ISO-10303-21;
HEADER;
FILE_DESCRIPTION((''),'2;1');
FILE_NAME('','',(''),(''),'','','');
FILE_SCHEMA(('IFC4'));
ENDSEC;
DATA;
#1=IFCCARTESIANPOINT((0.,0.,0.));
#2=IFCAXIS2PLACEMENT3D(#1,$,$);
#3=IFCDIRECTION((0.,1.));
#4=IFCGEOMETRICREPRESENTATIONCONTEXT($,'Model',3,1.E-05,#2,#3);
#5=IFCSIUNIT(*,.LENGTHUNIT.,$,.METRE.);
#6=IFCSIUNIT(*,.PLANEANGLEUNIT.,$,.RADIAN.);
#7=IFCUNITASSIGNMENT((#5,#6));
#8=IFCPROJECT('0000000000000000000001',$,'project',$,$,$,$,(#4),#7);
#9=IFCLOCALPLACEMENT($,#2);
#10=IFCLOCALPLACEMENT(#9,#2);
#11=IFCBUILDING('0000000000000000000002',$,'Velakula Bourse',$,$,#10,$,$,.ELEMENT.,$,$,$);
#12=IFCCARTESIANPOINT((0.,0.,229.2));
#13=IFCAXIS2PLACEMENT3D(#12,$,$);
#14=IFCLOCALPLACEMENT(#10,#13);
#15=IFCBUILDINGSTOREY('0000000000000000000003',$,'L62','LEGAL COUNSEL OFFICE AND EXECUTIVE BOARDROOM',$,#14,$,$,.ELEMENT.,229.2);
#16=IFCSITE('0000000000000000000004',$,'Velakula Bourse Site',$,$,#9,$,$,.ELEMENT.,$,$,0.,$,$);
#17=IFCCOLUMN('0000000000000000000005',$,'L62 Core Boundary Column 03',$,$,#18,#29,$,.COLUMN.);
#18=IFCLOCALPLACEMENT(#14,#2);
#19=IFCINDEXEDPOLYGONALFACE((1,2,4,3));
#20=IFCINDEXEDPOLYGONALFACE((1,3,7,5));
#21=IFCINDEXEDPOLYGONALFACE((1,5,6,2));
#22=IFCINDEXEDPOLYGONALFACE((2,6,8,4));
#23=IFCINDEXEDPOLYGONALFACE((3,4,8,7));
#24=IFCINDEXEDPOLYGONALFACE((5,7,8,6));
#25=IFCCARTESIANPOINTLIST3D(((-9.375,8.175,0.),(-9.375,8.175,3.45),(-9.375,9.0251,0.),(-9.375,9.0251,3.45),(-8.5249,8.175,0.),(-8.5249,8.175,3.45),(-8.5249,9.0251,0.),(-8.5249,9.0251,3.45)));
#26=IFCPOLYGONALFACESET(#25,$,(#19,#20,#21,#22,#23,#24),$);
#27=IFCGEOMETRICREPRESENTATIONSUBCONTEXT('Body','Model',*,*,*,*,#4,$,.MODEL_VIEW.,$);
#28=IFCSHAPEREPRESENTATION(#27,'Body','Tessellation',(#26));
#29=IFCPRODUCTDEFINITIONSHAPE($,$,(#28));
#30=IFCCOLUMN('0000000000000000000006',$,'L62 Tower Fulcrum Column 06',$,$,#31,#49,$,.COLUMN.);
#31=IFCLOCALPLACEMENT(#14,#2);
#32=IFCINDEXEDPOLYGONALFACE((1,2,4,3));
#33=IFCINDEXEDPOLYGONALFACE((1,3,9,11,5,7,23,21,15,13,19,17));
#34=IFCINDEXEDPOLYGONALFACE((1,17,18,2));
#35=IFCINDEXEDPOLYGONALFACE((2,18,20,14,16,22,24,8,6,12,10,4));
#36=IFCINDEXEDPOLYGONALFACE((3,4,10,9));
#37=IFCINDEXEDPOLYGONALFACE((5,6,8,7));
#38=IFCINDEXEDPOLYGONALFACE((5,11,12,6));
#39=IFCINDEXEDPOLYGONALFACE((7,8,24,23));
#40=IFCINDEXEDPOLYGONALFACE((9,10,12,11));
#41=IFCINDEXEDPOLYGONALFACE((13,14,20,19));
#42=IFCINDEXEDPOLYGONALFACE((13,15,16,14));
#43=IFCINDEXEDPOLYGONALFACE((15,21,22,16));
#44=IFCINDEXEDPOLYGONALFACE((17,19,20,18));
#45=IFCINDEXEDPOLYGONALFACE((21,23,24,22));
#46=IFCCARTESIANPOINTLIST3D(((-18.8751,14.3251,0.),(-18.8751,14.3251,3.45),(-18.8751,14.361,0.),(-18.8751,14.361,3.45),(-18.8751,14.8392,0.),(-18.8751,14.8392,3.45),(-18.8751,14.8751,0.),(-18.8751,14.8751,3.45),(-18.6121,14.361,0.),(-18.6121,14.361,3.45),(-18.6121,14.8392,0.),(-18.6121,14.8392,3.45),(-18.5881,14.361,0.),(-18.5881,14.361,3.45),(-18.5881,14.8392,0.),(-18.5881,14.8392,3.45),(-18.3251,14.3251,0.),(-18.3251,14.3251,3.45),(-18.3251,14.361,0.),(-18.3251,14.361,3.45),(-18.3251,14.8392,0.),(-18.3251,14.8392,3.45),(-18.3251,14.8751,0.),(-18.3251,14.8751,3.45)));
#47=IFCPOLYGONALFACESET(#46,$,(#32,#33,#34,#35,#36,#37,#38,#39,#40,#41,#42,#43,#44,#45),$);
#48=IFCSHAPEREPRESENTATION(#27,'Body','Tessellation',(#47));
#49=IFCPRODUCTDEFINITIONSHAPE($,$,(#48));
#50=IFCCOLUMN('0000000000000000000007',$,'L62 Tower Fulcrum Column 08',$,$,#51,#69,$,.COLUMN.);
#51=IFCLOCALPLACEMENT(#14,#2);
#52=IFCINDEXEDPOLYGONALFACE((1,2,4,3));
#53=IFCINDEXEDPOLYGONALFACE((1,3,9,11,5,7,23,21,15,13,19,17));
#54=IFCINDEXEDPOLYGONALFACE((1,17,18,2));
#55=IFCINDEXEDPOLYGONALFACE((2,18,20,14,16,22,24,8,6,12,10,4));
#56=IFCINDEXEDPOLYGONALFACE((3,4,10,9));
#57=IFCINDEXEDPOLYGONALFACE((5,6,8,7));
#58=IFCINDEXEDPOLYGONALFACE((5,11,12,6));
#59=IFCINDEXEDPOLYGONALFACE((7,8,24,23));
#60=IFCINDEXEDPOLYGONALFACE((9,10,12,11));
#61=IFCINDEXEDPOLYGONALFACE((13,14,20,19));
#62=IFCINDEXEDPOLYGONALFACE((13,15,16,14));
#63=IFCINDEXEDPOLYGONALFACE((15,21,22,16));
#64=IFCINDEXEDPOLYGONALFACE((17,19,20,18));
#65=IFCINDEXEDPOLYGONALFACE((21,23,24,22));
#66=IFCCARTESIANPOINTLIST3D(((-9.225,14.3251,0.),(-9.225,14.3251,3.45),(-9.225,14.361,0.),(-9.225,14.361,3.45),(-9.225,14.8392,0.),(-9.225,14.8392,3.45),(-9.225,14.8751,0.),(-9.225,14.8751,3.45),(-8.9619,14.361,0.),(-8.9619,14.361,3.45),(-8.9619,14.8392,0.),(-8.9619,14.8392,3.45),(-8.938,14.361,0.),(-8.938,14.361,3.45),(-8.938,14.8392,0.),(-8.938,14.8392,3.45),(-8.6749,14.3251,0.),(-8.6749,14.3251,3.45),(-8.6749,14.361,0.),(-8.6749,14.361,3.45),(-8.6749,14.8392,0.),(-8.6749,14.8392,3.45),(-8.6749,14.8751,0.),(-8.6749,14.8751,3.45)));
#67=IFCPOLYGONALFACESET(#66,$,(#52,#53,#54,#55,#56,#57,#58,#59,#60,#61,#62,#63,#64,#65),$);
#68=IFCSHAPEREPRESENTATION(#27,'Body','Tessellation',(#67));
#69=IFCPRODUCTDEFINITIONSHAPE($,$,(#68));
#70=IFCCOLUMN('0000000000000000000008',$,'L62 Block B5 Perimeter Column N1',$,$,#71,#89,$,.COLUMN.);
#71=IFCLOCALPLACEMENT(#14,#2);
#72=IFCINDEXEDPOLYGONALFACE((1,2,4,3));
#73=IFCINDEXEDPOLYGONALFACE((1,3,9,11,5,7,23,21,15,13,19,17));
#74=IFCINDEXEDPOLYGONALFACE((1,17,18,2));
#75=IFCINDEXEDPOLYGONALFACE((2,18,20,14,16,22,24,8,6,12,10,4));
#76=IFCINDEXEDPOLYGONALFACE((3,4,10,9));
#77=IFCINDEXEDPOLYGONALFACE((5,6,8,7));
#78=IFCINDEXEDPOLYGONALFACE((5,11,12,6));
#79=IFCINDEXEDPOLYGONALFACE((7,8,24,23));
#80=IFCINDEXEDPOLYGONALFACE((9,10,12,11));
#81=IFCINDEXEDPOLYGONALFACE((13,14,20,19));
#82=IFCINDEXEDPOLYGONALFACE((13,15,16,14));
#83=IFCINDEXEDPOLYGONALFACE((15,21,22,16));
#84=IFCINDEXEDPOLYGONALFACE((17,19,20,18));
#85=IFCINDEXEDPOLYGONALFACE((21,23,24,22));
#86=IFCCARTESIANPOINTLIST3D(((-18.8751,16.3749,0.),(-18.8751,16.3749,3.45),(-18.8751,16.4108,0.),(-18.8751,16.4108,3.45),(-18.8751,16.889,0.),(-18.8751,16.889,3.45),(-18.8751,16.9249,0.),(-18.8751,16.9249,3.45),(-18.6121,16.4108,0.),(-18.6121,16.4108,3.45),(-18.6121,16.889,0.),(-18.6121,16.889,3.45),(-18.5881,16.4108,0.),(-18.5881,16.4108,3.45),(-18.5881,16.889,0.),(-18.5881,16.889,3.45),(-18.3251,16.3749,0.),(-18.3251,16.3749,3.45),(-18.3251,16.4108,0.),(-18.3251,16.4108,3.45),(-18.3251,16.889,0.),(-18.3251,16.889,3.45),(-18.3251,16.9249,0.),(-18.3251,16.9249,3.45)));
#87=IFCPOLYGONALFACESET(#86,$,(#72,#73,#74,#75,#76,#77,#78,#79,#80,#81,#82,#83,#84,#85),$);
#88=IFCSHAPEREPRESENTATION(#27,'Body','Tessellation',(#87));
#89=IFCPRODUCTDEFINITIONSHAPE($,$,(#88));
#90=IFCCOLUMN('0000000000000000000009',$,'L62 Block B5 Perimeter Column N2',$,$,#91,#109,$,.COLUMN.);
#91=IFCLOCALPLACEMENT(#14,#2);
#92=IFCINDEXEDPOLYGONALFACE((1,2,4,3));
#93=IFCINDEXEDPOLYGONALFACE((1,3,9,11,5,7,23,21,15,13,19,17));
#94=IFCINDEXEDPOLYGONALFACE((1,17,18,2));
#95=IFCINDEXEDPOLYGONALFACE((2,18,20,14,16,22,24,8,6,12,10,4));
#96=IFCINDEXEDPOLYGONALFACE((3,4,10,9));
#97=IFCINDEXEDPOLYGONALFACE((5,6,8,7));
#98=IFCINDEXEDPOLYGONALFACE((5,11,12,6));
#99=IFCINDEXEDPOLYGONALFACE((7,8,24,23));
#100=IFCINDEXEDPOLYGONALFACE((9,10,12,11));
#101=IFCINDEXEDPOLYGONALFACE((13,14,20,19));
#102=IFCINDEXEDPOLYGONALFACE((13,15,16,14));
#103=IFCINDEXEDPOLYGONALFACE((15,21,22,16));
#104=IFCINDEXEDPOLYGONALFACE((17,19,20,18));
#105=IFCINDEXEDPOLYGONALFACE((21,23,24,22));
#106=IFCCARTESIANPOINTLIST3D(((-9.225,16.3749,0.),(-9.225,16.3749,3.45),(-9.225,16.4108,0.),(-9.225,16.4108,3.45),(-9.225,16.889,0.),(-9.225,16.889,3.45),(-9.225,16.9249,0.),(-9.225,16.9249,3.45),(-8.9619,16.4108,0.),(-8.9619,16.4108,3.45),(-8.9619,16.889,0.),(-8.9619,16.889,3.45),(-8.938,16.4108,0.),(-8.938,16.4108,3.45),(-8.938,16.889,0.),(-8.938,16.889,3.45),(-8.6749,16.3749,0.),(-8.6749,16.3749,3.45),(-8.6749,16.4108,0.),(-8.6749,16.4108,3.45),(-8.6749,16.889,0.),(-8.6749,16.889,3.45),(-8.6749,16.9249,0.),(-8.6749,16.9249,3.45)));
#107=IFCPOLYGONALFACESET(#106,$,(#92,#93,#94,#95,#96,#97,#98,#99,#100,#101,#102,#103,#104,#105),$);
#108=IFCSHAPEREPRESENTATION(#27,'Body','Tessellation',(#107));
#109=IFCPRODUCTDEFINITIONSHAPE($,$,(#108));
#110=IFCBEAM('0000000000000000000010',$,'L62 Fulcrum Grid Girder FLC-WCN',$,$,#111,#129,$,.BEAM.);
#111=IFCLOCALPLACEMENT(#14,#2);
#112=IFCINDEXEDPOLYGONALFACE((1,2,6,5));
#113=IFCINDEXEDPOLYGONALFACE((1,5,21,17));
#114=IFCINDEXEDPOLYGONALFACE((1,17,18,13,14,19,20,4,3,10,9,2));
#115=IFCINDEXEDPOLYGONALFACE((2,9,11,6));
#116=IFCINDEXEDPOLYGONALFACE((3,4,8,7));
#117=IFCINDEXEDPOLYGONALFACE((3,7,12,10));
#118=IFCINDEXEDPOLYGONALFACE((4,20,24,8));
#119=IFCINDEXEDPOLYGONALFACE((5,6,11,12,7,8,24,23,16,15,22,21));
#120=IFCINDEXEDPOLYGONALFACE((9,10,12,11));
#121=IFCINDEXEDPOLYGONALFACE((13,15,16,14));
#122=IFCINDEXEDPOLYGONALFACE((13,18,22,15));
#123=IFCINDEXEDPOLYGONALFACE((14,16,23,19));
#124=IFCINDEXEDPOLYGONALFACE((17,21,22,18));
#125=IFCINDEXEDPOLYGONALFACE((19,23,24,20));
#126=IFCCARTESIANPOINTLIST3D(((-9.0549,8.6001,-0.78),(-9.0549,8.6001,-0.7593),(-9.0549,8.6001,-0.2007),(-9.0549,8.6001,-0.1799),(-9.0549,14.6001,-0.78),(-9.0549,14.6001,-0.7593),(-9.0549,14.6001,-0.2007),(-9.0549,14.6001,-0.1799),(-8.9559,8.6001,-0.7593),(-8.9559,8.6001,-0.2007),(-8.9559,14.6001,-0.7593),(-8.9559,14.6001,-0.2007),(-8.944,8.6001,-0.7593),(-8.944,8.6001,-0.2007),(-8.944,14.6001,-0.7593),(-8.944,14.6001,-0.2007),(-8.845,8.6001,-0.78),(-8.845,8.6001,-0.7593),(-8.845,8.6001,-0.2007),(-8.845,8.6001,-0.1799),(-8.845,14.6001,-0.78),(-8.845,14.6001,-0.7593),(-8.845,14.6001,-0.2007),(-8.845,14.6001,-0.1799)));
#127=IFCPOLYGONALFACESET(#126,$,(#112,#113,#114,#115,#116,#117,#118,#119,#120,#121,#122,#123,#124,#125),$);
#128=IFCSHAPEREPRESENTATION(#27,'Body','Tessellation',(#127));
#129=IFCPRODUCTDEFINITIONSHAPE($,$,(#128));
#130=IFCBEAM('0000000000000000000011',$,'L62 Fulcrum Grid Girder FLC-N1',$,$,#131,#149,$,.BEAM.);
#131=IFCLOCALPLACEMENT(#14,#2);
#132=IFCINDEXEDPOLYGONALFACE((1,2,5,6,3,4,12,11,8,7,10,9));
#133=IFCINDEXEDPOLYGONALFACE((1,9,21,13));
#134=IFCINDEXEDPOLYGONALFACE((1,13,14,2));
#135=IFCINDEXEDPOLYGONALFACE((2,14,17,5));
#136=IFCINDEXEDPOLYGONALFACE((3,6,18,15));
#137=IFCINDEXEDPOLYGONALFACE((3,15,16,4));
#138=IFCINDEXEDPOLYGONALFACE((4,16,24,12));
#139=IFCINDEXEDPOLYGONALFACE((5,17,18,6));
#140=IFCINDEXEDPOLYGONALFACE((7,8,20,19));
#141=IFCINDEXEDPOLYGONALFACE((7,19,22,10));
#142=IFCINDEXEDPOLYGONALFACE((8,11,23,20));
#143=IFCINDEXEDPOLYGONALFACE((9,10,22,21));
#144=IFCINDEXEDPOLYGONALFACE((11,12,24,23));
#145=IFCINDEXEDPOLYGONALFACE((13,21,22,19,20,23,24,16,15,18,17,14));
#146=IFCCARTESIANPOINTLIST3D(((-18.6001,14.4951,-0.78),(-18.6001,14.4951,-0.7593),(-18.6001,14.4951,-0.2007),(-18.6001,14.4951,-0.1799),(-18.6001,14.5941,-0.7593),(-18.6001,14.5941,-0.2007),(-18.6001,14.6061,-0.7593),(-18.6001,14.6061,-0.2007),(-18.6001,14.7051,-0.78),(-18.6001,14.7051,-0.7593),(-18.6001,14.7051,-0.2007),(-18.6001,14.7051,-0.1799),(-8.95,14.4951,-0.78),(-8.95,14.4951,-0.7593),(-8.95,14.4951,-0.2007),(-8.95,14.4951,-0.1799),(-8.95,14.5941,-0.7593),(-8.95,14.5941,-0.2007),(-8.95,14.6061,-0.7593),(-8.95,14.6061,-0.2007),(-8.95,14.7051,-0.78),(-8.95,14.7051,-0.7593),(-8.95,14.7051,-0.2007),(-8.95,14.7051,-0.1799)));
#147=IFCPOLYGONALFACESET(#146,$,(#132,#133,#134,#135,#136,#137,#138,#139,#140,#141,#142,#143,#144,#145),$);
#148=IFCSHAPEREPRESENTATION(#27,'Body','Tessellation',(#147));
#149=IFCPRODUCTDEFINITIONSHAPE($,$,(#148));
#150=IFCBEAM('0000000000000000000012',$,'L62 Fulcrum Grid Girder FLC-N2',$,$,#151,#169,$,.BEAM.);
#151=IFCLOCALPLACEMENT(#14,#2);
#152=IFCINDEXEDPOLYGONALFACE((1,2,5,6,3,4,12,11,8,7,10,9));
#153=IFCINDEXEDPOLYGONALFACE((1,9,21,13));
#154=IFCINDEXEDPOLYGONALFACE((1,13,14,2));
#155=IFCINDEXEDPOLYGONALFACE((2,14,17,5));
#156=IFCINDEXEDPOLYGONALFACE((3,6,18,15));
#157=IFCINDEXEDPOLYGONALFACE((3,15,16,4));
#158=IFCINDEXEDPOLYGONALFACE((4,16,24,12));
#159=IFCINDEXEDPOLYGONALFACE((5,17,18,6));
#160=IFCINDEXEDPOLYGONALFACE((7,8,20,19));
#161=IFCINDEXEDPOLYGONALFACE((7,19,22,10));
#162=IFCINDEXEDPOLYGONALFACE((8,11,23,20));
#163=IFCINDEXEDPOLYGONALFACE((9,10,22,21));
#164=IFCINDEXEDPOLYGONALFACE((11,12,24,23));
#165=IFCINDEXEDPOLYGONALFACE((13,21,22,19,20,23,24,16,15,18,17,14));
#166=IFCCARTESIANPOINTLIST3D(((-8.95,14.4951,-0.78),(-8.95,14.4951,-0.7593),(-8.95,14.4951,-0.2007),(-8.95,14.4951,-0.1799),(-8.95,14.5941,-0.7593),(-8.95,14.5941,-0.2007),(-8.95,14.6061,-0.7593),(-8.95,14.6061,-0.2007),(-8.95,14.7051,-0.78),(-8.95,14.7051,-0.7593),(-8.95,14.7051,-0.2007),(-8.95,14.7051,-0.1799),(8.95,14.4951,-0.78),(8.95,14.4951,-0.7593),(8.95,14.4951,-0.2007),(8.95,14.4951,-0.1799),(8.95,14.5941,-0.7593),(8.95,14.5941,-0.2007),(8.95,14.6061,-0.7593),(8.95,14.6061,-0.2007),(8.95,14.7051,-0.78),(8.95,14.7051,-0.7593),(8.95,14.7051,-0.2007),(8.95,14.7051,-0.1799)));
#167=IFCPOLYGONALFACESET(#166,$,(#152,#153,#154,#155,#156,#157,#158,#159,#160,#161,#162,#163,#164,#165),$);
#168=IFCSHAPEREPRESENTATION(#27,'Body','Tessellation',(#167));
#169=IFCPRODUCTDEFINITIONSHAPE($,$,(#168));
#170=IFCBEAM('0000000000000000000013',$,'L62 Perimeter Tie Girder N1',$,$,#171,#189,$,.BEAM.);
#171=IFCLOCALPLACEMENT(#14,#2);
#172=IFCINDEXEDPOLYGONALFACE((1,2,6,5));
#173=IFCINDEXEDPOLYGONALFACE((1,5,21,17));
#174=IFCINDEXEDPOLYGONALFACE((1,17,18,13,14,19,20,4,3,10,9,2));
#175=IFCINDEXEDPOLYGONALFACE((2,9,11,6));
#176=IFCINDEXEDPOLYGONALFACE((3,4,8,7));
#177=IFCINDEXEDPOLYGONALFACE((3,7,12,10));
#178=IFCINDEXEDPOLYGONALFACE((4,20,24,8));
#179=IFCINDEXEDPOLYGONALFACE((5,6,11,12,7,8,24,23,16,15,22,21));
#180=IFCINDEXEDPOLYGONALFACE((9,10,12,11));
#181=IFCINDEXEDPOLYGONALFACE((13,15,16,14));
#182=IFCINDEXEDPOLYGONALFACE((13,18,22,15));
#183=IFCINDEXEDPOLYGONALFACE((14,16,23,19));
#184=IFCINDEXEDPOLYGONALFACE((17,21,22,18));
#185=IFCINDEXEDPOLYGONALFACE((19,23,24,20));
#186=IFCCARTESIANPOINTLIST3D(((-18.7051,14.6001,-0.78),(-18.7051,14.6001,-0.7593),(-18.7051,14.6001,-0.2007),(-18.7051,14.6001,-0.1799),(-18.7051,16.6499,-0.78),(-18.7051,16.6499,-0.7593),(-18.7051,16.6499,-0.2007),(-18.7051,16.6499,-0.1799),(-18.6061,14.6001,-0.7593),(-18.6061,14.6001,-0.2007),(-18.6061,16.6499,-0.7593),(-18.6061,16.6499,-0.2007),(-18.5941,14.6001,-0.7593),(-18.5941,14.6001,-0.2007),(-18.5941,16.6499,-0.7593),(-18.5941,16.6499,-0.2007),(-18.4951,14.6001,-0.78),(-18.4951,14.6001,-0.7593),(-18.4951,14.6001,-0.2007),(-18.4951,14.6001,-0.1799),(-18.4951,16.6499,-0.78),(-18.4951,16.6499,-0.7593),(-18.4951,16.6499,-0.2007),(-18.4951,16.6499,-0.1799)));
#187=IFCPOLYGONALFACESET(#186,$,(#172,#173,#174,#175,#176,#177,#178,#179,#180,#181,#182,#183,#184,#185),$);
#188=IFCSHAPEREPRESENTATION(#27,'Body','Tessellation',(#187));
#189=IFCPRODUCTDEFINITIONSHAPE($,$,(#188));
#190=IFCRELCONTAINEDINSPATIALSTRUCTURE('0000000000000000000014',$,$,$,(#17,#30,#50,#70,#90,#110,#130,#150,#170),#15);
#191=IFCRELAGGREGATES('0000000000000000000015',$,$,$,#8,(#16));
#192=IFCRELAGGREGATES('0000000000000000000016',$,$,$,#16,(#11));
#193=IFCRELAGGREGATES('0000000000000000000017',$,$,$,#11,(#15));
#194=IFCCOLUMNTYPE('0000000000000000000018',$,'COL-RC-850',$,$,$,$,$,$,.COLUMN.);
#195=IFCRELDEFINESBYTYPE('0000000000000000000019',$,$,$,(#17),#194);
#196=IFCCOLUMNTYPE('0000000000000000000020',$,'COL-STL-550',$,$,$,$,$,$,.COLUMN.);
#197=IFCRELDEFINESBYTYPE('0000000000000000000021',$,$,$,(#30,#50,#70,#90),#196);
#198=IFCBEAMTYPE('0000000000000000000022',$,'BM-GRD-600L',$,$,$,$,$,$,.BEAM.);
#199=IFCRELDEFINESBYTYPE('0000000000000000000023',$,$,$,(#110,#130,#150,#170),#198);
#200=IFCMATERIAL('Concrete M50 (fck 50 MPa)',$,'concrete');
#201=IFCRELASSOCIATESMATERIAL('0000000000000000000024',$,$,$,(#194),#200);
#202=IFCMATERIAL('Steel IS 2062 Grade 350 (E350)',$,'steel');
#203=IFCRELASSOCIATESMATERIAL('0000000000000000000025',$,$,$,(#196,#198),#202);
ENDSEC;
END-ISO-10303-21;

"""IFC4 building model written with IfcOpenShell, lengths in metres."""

from ifc_helpers import new_model, si_unit, direction, frame, origin, origin_2d, place, context, subcontext, project, spatial, rectangle, i_section, extrude, material, material_profile, profile_set, type_object, element, save


model = new_model("IFC4")

# Units and contexts
model_context = context("Model", 3, precision=1e-05, world=origin(), true_north=direction((0.0, 1.0)))
body_context = subcontext(model_context, "Body", "Model", "MODEL_VIEW")
ifc_project = project(units=[si_unit("LENGTHUNIT", "METRE"), si_unit("PLANEANGLEUNIT", "RADIAN")], contexts=[model_context])

# Site, building, storey
site_placement = place(None, origin())
site = spatial("IfcSite", under=ifc_project, at=site_placement, Name="Velakula Bourse Site", CompositionType="ELEMENT", RefElevation=0.0)
building_placement = place(site_placement, origin())
building = spatial("IfcBuilding", under=site, at=building_placement, Name="Velakula Bourse", CompositionType="ELEMENT")
storey_placement = place(building_placement, frame((0.0, 0.0, 229.2)))
storey = spatial("IfcBuildingStorey", under=building, at=storey_placement, Name="L62", Description="LEGAL COUNSEL OFFICE AND EXECUTIVE BOARDROOM", CompositionType="ELEMENT", Elevation=229.2)

# Columns
ifc_material_1 = material(Name="Concrete M50 (fck 50 MPa)", Category="concrete")
ifc_material_profile_1 = material_profile(ifc_material_1, rectangle(XDim=0.8501, YDim=0.8501, at=origin_2d()), Name="Concrete M50 (fck 50 MPa)")
ifc_profile_set_1 = profile_set([ifc_material_profile_1], Name="Concrete M50 (fck 50 MPa)")
column_type_1 = type_object("IfcColumnType", Name="COL-RC-850", PredefinedType="COLUMN", material=ifc_profile_set_1)
column_placement = place(storey_placement, frame((-8.95, 8.6001, 0.0), z_axis=(0.0, 0.0, 1.0), x_axis=(1.0, 0.0, 0.0)))
element("IfcColumn", 1, at=column_placement, inside=storey, type_object=column_type_1, Name="L62 Core Boundary Column 03", PredefinedType="COLUMN", context=body_context, shape_type="SweptSolid", body=[
    extrude(rectangle(XDim=0.8501, YDim=0.8501, at=origin_2d()), origin(), (0.0, 0.0, 1.0), 3.45),
])
ifc_material_2 = material(Name="Steel IS 2062 Grade 350 (E350)", Category="steel")
ifc_material_profile_2 = material_profile(ifc_material_2, i_section(OverallWidth=0.55, OverallDepth=0.55, WebThickness=0.0239, FlangeThickness=0.0359, at=origin_2d()), Name="Steel IS 2062 Grade 350 (E350)")
ifc_profile_set_2 = profile_set([ifc_material_profile_2], Name="Steel IS 2062 Grade 350 (E350)")
column_type_2 = type_object("IfcColumnType", Name="COL-STL-550", PredefinedType="COLUMN", material=ifc_profile_set_2)
for number, where, z_axis, x_axis, name in (
    (2, (-18.6001, 14.6001, 0.0), (0.0, 0.0, 1.0), (1.0, 0.0, 0.0), "L62 Tower Fulcrum Column 06"),
    (3, (-8.95, 14.6001, 0.0), (0.0, 0.0, 1.0), (1.0, 0.0, 0.0), "L62 Tower Fulcrum Column 08"),
    (4, (-18.6001, 16.6499, 0.0), (0.0, 0.0, 1.0), (1.0, 0.0, 0.0), "L62 Block B5 Perimeter Column N1"),
    (5, (-8.95, 16.6499, 0.0), (0.0, 0.0, 1.0), (1.0, 0.0, 0.0), "L62 Block B5 Perimeter Column N2"),
):
    element("IfcColumn", number, at=place(storey_placement, frame(where, z_axis=z_axis, x_axis=x_axis)), inside=storey, type_object=column_type_2, Name=name, PredefinedType="COLUMN", context=body_context, shape_type="SweptSolid", body=[
        extrude(i_section(OverallWidth=0.55, OverallDepth=0.55, WebThickness=0.0239, FlangeThickness=0.0359, at=origin_2d()), origin(), (0.0, 0.0, 1.0), 3.45),
    ])

# Beams
ifc_material_profile_3 = material_profile(ifc_material_2, i_section(OverallWidth=0.21, OverallDepth=0.6001, WebThickness=0.012, FlangeThickness=0.0208, at=origin_2d()), Name="Steel IS 2062 Grade 350 (E350)")
ifc_profile_set_3 = profile_set([ifc_material_profile_3], Name="Steel IS 2062 Grade 350 (E350)")
beam_type_1 = type_object("IfcBeamType", Name="BM-GRD-600L", PredefinedType="BEAM", material=ifc_profile_set_3)
beam_1_placement = place(storey_placement, frame((-8.95, 8.6001, -0.48), z_axis=(0.0, 1.0, 0.0), x_axis=(-1.0, 0.0, 0.0)))
element("IfcBeam", 6, at=beam_1_placement, inside=storey, type_object=beam_type_1, Name="L62 Fulcrum Grid Girder FLC-WCN", PredefinedType="BEAM", context=body_context, shape_type="SweptSolid", body=[
    extrude(i_section(OverallWidth=0.21, OverallDepth=0.6001, WebThickness=0.012, FlangeThickness=0.0208, at=origin_2d()), origin(), (0.0, 0.0, 1.0), 6.0),
])
beam_2_placement = place(storey_placement, frame((-18.6001, 14.6001, -0.48), z_axis=(1.0, 0.0, 0.0), x_axis=(0.0, 1.0, 0.0)))
element("IfcBeam", 7, at=beam_2_placement, inside=storey, type_object=beam_type_1, Name="L62 Fulcrum Grid Girder FLC-N1", PredefinedType="BEAM", context=body_context, shape_type="SweptSolid", body=[
    extrude(i_section(OverallWidth=0.21, OverallDepth=0.6001, WebThickness=0.012, FlangeThickness=0.0208, at=origin_2d()), origin(), (0.0, 0.0, 1.0), 9.6501),
])
beam_3_placement = place(storey_placement, frame((-8.95, 14.6001, -0.48), z_axis=(1.0, 0.0, 0.0), x_axis=(0.0, 1.0, 0.0)))
element("IfcBeam", 8, at=beam_3_placement, inside=storey, type_object=beam_type_1, Name="L62 Fulcrum Grid Girder FLC-N2", PredefinedType="BEAM", context=body_context, shape_type="SweptSolid", body=[
    extrude(i_section(OverallWidth=0.21, OverallDepth=0.6001, WebThickness=0.012, FlangeThickness=0.0208, at=origin_2d()), origin(), (0.0, 0.0, 1.0), 17.8999),
])
for number, where, z_axis, x_axis, name in (
    (9, (-18.6001, 14.6001, -0.48), (0.0, 1.0, 0.0), (-1.0, 0.0, 0.0), "L62 Perimeter Tie Girder N1"),
):
    element("IfcBeam", number, at=place(storey_placement, frame(where, z_axis=z_axis, x_axis=x_axis)), inside=storey, type_object=beam_type_1, Name=name, PredefinedType="BEAM", context=body_context, shape_type="SweptSolid", body=[
        extrude(i_section(OverallWidth=0.21, OverallDepth=0.6001, WebThickness=0.012, FlangeThickness=0.0208, at=origin_2d()), origin(), (0.0, 0.0, 1.0), 2.0498),
    ])

save(model, "model.ifc")
